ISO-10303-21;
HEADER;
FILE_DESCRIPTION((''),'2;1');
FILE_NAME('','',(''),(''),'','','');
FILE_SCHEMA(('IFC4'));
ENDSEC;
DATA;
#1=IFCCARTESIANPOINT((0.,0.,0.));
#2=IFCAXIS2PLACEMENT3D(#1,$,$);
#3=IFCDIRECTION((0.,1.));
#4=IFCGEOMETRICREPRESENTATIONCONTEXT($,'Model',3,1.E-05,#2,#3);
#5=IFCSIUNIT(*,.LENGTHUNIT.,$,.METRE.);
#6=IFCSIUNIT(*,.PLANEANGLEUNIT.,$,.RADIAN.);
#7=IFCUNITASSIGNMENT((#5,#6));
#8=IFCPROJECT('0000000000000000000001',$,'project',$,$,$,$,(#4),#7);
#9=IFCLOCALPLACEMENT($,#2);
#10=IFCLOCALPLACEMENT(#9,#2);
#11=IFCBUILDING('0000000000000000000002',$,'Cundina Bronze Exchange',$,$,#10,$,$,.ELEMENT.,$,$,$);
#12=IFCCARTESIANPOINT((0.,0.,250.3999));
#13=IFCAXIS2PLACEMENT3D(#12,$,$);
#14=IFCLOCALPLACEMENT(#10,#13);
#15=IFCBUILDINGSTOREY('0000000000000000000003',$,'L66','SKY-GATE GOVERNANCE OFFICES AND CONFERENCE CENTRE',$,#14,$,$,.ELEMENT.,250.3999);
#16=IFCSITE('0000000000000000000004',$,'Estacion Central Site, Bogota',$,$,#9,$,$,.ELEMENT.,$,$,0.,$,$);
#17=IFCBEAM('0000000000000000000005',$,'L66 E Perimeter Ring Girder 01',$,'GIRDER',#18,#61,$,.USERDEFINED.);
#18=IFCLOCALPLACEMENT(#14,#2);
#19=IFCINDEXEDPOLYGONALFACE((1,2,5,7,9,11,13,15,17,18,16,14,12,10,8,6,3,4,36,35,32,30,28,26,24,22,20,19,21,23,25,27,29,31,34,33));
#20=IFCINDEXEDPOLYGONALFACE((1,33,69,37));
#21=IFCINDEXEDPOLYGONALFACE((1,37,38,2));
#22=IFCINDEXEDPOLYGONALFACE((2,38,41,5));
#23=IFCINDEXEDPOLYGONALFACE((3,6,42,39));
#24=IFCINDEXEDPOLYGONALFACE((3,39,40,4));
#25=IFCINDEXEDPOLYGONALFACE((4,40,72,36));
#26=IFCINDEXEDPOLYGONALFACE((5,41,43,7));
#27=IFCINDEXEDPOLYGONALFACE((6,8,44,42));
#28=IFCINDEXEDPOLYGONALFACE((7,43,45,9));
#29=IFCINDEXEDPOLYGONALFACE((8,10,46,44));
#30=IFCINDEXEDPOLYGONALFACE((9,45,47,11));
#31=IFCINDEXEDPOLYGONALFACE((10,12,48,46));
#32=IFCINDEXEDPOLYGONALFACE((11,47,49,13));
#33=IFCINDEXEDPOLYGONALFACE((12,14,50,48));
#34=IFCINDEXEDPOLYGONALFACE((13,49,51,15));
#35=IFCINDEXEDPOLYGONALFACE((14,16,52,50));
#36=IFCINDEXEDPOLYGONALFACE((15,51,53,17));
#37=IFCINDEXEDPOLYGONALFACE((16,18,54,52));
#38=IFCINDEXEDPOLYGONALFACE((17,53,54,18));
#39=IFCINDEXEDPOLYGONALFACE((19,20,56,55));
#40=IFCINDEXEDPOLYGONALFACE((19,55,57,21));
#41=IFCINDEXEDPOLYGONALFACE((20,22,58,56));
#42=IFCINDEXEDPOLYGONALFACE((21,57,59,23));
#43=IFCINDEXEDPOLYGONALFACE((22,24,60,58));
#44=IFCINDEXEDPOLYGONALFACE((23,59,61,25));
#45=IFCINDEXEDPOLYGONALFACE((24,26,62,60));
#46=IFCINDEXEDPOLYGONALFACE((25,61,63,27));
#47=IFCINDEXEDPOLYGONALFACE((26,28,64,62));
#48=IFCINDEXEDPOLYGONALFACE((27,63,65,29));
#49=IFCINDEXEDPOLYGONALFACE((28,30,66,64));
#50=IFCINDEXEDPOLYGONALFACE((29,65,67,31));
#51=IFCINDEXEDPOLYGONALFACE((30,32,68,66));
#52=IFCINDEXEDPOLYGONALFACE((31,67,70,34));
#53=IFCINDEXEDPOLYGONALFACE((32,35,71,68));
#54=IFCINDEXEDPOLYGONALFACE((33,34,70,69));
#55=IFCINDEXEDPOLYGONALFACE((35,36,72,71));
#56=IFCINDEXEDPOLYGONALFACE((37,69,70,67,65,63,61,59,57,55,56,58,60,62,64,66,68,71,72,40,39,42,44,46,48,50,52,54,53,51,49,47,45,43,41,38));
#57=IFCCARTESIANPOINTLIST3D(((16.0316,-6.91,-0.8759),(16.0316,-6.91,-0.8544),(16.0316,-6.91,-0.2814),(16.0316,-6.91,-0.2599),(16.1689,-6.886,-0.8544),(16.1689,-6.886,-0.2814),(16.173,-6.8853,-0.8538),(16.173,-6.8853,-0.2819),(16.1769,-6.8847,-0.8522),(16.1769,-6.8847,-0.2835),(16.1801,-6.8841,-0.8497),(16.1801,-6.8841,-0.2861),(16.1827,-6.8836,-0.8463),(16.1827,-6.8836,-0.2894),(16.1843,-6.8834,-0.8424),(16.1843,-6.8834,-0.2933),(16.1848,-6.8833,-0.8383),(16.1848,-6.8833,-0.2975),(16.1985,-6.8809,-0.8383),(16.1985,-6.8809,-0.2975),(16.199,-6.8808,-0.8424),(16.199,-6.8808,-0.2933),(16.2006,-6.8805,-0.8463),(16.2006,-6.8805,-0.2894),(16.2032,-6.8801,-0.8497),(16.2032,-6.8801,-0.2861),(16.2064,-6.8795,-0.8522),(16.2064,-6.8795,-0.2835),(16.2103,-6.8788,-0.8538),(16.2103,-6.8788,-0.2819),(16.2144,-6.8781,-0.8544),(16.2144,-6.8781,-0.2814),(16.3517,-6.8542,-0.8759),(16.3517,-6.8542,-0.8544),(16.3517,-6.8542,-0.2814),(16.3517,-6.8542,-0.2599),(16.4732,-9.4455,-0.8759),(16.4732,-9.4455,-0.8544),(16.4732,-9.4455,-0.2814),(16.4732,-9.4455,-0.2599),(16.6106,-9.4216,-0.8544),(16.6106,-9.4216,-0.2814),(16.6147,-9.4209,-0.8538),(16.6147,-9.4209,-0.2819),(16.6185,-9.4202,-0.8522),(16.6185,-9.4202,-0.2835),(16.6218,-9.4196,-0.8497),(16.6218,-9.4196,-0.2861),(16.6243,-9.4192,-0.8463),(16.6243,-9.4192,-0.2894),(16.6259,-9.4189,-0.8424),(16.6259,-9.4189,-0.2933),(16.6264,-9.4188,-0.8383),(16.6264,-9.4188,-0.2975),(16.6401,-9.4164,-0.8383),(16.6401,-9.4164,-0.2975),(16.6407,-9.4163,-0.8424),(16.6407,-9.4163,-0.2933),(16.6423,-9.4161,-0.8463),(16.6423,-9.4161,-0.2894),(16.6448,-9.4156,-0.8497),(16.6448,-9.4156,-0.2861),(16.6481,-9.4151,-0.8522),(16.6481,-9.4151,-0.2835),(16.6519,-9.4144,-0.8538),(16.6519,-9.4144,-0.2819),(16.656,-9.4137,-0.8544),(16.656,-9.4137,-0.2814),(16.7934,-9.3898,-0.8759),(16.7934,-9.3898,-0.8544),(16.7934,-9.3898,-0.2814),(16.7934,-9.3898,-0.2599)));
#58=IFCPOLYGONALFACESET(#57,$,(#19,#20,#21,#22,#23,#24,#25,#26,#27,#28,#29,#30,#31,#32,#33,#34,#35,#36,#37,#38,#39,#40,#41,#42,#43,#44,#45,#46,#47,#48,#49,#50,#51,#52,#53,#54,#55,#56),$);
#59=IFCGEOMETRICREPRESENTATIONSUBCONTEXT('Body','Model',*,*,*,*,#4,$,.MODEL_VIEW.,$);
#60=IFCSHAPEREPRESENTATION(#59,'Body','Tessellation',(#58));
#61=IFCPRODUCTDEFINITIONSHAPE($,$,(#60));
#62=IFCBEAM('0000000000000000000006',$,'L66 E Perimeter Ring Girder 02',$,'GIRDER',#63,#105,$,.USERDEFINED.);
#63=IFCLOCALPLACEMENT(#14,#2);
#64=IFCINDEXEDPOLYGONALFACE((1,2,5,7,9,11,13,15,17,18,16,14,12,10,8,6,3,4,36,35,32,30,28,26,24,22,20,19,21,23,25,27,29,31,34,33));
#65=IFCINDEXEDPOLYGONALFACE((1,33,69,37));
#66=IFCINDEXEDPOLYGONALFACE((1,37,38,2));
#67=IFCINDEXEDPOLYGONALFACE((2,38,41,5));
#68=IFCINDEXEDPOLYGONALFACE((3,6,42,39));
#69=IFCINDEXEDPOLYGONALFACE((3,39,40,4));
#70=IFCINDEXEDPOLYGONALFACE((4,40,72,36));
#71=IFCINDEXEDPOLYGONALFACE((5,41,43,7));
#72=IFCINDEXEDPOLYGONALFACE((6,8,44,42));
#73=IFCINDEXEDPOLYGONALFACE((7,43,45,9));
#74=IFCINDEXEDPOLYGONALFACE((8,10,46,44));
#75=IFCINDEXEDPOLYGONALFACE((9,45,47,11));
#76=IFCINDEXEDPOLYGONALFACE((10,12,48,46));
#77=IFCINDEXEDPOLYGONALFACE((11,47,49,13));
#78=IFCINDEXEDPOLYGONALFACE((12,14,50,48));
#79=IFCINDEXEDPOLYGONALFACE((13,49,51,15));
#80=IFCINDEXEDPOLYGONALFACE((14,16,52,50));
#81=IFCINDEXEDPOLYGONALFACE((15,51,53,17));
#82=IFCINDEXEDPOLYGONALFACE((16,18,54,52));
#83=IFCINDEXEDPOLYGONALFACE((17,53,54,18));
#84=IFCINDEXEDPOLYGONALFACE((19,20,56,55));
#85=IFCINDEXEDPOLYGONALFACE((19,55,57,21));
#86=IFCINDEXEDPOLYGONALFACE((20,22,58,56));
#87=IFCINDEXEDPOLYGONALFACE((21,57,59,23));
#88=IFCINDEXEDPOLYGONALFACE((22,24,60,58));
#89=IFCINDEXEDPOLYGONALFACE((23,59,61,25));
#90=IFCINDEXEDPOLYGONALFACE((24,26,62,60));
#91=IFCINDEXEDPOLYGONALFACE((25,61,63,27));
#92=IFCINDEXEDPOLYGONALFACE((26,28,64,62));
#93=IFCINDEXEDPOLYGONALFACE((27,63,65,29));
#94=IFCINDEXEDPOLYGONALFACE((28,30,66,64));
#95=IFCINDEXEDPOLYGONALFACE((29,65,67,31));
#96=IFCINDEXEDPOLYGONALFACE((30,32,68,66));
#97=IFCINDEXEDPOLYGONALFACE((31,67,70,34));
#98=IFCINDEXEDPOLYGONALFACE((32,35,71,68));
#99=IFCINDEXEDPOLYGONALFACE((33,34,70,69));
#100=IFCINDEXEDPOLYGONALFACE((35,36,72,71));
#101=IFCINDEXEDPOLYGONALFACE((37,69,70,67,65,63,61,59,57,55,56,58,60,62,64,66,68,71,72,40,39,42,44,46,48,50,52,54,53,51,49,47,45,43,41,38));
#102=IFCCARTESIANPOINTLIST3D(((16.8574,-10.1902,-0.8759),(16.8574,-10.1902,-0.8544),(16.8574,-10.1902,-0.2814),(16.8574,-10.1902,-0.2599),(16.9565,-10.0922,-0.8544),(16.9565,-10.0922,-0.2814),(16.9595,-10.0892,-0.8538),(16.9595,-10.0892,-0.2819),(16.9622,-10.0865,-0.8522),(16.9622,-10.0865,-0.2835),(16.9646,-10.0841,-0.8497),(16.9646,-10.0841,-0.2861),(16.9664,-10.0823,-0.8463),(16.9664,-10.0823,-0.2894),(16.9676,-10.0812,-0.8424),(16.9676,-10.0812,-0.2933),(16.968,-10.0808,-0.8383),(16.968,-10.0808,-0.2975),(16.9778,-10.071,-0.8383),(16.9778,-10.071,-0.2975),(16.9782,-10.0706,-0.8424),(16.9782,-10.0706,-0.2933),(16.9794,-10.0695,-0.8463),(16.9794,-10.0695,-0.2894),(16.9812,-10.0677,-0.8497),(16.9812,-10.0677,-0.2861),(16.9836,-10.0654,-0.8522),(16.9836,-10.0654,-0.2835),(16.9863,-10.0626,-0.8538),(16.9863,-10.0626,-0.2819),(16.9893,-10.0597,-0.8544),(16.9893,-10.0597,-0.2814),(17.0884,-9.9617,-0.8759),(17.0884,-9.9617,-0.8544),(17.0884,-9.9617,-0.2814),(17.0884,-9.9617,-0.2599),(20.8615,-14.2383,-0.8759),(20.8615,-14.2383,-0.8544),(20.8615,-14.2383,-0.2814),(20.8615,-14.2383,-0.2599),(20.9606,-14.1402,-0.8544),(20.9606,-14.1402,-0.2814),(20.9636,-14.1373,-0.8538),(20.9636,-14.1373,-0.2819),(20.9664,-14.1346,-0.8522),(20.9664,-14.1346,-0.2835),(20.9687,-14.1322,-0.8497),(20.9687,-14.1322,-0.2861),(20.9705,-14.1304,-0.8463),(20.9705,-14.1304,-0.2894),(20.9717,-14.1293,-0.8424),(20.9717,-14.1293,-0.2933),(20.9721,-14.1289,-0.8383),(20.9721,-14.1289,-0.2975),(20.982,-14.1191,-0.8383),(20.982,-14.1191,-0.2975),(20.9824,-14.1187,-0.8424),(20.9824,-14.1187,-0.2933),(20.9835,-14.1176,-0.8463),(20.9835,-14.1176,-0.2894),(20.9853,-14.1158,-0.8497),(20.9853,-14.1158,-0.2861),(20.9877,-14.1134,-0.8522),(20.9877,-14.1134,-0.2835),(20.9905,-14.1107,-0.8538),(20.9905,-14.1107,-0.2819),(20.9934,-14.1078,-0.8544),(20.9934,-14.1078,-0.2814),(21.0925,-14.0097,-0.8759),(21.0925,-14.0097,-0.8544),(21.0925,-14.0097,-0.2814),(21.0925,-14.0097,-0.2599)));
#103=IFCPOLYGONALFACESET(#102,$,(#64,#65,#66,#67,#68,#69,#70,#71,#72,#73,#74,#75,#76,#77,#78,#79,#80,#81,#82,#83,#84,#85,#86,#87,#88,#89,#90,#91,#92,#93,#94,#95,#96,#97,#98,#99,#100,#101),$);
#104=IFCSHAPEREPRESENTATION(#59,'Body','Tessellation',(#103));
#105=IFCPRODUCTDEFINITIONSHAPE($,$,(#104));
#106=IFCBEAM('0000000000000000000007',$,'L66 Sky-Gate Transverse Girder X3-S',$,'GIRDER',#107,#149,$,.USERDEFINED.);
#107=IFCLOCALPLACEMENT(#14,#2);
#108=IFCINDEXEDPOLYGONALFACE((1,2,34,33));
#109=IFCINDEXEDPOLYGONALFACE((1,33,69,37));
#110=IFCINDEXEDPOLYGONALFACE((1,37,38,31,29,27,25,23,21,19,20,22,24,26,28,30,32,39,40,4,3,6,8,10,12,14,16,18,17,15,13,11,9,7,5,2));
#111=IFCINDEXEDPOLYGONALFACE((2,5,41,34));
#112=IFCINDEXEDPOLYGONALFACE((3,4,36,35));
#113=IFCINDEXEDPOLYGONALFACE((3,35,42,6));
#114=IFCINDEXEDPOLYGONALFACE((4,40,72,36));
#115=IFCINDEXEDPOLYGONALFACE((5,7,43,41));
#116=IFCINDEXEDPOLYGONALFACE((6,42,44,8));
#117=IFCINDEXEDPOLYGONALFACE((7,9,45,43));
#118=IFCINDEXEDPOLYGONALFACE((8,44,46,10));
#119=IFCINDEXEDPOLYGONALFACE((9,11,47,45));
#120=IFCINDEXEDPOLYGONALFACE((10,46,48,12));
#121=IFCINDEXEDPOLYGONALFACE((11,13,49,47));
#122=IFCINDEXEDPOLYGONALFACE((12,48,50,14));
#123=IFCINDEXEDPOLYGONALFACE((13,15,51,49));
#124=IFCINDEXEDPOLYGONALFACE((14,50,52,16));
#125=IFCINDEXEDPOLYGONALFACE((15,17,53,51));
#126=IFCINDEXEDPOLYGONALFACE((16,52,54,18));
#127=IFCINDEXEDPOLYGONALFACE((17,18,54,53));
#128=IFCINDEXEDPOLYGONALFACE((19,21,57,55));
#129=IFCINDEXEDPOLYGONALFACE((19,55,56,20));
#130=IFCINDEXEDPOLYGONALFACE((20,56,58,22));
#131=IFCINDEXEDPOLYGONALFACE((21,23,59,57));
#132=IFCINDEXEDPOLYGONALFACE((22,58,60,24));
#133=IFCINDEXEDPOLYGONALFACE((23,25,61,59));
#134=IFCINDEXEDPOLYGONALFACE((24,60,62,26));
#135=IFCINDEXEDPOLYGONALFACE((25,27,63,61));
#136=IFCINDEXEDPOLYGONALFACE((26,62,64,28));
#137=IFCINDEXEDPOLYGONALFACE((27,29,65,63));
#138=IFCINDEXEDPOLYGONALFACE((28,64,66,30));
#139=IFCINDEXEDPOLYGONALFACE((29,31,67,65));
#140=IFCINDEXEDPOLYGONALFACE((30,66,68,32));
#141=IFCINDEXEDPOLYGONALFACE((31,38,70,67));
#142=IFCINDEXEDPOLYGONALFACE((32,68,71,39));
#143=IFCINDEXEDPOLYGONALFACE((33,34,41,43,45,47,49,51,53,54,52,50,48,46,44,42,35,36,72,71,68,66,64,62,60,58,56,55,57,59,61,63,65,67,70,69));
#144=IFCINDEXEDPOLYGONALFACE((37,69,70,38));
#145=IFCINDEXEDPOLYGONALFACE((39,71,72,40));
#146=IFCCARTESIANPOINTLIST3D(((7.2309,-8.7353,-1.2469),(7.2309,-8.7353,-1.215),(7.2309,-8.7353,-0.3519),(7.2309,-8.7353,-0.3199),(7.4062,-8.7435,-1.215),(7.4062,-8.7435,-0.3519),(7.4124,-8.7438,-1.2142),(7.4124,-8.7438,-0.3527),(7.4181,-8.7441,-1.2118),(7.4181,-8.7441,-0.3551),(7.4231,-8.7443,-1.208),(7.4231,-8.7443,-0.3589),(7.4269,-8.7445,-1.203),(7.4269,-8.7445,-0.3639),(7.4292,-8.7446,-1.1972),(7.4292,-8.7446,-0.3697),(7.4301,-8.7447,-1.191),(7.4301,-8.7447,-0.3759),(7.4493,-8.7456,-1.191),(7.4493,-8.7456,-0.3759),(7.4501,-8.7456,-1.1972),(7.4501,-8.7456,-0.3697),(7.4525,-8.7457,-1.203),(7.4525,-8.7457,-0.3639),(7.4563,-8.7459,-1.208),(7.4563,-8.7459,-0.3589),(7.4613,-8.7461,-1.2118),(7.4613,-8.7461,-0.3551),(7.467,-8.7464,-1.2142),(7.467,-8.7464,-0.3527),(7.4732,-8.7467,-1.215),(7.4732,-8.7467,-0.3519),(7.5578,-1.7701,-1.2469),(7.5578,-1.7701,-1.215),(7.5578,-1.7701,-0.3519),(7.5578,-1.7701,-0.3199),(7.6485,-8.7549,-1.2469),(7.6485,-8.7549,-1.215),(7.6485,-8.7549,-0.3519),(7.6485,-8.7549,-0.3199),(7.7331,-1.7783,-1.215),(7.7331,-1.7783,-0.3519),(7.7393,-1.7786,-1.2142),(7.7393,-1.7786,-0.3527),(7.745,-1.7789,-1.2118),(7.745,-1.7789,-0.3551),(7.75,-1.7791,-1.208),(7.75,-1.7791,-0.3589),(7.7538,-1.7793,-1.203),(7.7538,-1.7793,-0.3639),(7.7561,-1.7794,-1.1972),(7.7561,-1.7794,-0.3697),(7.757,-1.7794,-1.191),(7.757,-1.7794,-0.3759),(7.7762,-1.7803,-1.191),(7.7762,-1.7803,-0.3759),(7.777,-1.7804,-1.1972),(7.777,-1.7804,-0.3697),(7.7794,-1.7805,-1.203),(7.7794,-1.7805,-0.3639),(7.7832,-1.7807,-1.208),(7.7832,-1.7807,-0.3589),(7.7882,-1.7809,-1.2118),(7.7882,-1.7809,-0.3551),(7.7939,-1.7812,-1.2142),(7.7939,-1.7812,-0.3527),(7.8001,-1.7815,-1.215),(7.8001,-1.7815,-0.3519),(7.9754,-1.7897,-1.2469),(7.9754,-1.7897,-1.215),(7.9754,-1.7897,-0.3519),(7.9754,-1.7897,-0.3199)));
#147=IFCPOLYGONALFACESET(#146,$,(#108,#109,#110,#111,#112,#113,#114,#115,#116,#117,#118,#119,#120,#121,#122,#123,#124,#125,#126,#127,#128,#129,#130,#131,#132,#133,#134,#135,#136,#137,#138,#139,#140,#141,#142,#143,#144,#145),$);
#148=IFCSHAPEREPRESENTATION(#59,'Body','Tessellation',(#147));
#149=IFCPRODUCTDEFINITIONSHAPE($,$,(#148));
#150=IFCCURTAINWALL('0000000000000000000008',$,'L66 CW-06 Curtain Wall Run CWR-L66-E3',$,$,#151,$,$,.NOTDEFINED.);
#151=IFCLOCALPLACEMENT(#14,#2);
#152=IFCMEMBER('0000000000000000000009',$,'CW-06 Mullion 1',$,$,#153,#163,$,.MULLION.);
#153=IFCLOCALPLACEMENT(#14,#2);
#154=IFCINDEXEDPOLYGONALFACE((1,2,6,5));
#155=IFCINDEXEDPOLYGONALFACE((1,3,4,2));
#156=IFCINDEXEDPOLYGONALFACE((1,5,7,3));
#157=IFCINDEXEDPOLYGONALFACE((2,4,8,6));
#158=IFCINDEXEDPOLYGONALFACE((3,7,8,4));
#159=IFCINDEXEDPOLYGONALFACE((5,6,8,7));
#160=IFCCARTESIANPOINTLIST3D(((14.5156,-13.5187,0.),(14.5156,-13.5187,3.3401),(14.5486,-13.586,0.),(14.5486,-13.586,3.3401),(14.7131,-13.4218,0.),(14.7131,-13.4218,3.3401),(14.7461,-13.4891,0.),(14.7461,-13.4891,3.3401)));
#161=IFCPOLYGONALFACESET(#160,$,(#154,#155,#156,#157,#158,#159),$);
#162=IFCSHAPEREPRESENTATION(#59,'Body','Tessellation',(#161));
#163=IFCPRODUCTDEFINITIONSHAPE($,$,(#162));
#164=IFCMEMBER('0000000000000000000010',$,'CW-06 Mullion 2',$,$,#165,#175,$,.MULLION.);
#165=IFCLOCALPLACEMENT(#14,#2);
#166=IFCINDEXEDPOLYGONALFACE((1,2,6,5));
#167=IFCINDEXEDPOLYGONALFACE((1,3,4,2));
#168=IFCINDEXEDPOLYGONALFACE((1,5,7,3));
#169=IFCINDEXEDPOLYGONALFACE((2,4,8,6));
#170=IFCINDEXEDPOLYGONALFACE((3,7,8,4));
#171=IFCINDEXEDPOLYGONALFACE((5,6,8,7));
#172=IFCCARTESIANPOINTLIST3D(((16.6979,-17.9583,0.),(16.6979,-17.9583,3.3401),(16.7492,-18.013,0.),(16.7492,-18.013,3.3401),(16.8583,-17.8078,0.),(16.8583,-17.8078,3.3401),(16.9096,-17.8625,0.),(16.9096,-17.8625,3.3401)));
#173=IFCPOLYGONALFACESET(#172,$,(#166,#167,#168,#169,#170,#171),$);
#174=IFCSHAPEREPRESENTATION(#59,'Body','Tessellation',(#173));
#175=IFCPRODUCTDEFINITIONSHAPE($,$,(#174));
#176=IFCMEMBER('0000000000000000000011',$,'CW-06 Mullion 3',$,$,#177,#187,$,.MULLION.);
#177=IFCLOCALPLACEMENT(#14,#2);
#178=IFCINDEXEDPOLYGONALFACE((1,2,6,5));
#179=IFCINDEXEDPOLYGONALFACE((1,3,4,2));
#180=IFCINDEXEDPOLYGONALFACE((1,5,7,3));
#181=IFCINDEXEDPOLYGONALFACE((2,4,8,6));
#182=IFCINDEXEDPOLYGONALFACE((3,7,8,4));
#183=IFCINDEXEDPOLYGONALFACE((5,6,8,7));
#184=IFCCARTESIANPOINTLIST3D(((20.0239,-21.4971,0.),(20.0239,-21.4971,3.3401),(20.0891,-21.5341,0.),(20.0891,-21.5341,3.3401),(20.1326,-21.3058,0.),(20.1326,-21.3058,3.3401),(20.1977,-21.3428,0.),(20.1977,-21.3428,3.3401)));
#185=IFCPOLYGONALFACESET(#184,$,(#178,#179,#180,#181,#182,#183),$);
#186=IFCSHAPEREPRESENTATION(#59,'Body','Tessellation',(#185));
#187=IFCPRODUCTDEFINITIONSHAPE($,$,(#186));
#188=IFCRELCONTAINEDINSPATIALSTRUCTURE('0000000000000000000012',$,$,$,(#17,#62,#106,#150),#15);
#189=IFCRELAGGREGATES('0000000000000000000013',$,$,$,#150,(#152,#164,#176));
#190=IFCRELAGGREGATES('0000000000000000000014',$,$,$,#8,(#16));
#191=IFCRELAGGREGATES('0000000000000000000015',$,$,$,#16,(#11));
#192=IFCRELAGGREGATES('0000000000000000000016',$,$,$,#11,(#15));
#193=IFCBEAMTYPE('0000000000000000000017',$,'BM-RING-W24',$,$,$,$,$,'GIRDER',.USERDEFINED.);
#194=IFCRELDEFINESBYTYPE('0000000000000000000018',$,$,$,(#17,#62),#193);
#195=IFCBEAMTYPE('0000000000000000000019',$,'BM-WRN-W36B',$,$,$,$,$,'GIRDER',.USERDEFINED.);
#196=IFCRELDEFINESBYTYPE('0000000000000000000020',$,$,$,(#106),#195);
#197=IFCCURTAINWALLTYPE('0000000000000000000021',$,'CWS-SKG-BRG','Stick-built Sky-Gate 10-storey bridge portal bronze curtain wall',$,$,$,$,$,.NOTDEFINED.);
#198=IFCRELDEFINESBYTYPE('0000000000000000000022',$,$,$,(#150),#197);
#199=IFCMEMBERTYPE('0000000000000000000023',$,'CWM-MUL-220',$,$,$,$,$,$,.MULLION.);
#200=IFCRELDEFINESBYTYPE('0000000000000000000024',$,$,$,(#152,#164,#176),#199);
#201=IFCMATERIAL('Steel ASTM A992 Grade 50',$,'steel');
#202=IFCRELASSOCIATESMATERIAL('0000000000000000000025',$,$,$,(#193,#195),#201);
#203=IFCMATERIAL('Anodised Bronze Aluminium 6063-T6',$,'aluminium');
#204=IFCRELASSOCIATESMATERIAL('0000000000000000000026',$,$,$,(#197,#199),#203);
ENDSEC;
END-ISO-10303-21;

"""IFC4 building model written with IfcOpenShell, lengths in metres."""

from ifc_helpers import new_model, si_unit, direction, frame, origin, origin_2d, place, context, subcontext, project, spatial, rectangle, i_section, extrude, material, material_profile, profile_set, type_object, element, aggregate, save


model = new_model("IFC4")

# Units and contexts
model_context = context("Model", 3, precision=1e-05, world=origin(), true_north=direction((0.0, 1.0)))
body_context = subcontext(model_context, "Body", "Model", "MODEL_VIEW")
ifc_project = project(units=[si_unit("LENGTHUNIT", "METRE"), si_unit("PLANEANGLEUNIT", "RADIAN")], contexts=[model_context])

# Site, building, storey
site_placement = place(None, origin())
site = spatial("IfcSite", under=ifc_project, at=site_placement, Name="Estacion Central Site, Bogota", CompositionType="ELEMENT", RefElevation=0.0)
building_placement = place(site_placement, origin())
building = spatial("IfcBuilding", under=site, at=building_placement, Name="Cundina Bronze Exchange", CompositionType="ELEMENT")
storey_placement = place(building_placement, frame((0.0, 0.0, 250.3999)))
storey = spatial("IfcBuildingStorey", under=building, at=storey_placement, Name="L66", Description="SKY-GATE GOVERNANCE OFFICES AND CONFERENCE CENTRE", CompositionType="ELEMENT", Elevation=250.3999)

# Beams
ifc_material_1 = material(Name="Steel ASTM A992 Grade 50", Category="steel")
ifc_material_profile_1 = material_profile(ifc_material_1, i_section(OverallWidth=0.325, OverallDepth=0.616, WebThickness=0.0139, FlangeThickness=0.0215, FilletRadius=0.0161, at=origin_2d()), Name="W24X117", Category="steel")
ifc_profile_set_1 = profile_set([ifc_material_profile_1], Name="Steel ASTM A992 Grade 50")
beam_type_1 = type_object("IfcBeamType", Name="BM-RING-W24", ElementType="GIRDER", PredefinedType="USERDEFINED", material=ifc_profile_set_1)
beam_1_placement = place(storey_placement, frame((16.1917, -6.8821, -0.5679), z_axis=(0.171593, -0.985168, 0.0), x_axis=(0.985168, 0.171593, 0.0)))
element("IfcBeam", 1, at=beam_1_placement, inside=storey, type_object=beam_type_1, Name="L66 E Perimeter Ring Girder 01", ObjectType="GIRDER", PredefinedType="USERDEFINED", context=body_context, shape_type="SweptSolid", body=[
    extrude(i_section(OverallWidth=0.325, OverallDepth=0.616, WebThickness=0.0139, FlangeThickness=0.0215, FilletRadius=0.0161, at=origin_2d()), origin(), (0.0, 0.0, 1.0), 2.5737),
])
beam_2_placement = place(storey_placement, frame((16.9729, -10.0759, -0.5679), z_axis=(0.703237, -0.710955, 0.0), x_axis=(0.710955, 0.703237, 0.0)))
element("IfcBeam", 2, at=beam_2_placement, inside=storey, type_object=beam_type_1, Name="L66 E Perimeter Ring Girder 02", ObjectType="GIRDER", PredefinedType="USERDEFINED", context=body_context, shape_type="SweptSolid", body=[
    extrude(i_section(OverallWidth=0.325, OverallDepth=0.616, WebThickness=0.0139, FlangeThickness=0.0215, FilletRadius=0.0161, at=origin_2d()), origin(), (0.0, 0.0, 1.0), 5.6938),
])
ifc_material_profile_2 = material_profile(ifc_material_1, i_section(OverallWidth=0.418, OverallDepth=0.927, WebThickness=0.0193, FlangeThickness=0.032, FilletRadius=0.0239, at=origin_2d()), Name="W36X231", Category="steel")
ifc_profile_set_2 = profile_set([ifc_material_profile_2], Name="Steel ASTM A992 Grade 50")
beam_type_2 = type_object("IfcBeamType", Name="BM-WRN-W36B", ElementType="GIRDER", PredefinedType="USERDEFINED", material=ifc_profile_set_2)
beam_3_placement = place(storey_placement, frame((7.4397, -8.7451, -0.7834), z_axis=(0.046881, 0.9989, 0.0), x_axis=(-0.9989, 0.046881, 0.0)))
element("IfcBeam", 3, at=beam_3_placement, inside=storey, type_object=beam_type_2, Name="L66 Sky-Gate Transverse Girder X3-S", ObjectType="GIRDER", PredefinedType="USERDEFINED", context=body_context, shape_type="SweptSolid", body=[
    extrude(i_section(OverallWidth=0.418, OverallDepth=0.927, WebThickness=0.0193, FlangeThickness=0.032, FilletRadius=0.0239, at=origin_2d()), origin(), (0.0, 0.0, 1.0), 6.9729),
])

# Curtain wall, members
ifc_material_2 = material(Name="Anodised Bronze Aluminium 6063-T6", Category="aluminium")
curtain_wall_type = type_object("IfcCurtainWallType", Name="CWS-SKG-BRG", Description="Stick-built Sky-Gate 10-storey bridge portal bronze curtain wall", PredefinedType="NOTDEFINED", material=ifc_material_2)
curtain_wall_1_placement = place(storey_placement, origin())
curtain_wall_1 = element("IfcCurtainWall", 4, at=curtain_wall_1_placement, inside=storey, type_object=curtain_wall_type, Name="L66 CW-06 Curtain Wall Run CWR-L66-E3", PredefinedType="NOTDEFINED")
ifc_material_profile_3 = material_profile(ifc_material_2, rectangle(XDim=0.075, YDim=0.22, at=origin_2d()), Name="AL75X220", Category="aluminium")
ifc_profile_set_3 = profile_set([ifc_material_profile_3], Name="Anodised Bronze Aluminium 6063-T6")
member_type_1 = type_object("IfcMemberType", Name="CWM-MUL-220", PredefinedType="MULLION", material=ifc_profile_set_3)
member_1_placement = place(storey_placement, frame((14.6309, -13.5039, 0.0), z_axis=(0.0, 0.0, 1.0), x_axis=(0.440566, -0.89772, 0.0)))
member_1 = element("IfcMember", 5, at=member_1_placement, type_object=member_type_1, Name="CW-06 Mullion 1", PredefinedType="MULLION", context=body_context, shape_type="SweptSolid", body=[
    extrude(rectangle(XDim=0.075, YDim=0.22, at=origin_2d()), origin(), (0.0, 0.0, 1.0), 3.3401),
])
member_2_placement = place(storey_placement, frame((16.8037, -17.9104, 0.0), z_axis=(0.0, 0.0, 1.0), x_axis=(0.684293, -0.729208, 0.0)))
member_2 = element("IfcMember", 6, at=member_2_placement, type_object=member_type_1, Name="CW-06 Mullion 2", PredefinedType="MULLION", context=body_context, shape_type="SweptSolid", body=[
    extrude(rectangle(XDim=0.075, YDim=0.22, at=origin_2d()), origin(), (0.0, 0.0, 1.0), 3.3401),
])
member_3_placement = place(storey_placement, frame((20.1108, -21.4199, 0.0), z_axis=(0.0, 0.0, 1.0), x_axis=(0.869581, -0.49379, 0.0)))
member_3 = element("IfcMember", 7, at=member_3_placement, type_object=member_type_1, Name="CW-06 Mullion 3", PredefinedType="MULLION", context=body_context, shape_type="SweptSolid", body=[
    extrude(rectangle(XDim=0.075, YDim=0.22, at=origin_2d()), origin(), (0.0, 0.0, 1.0), 3.3401),
])

aggregate(curtain_wall_1, [member_1, member_2, member_3])

save(model, "model.ifc")
